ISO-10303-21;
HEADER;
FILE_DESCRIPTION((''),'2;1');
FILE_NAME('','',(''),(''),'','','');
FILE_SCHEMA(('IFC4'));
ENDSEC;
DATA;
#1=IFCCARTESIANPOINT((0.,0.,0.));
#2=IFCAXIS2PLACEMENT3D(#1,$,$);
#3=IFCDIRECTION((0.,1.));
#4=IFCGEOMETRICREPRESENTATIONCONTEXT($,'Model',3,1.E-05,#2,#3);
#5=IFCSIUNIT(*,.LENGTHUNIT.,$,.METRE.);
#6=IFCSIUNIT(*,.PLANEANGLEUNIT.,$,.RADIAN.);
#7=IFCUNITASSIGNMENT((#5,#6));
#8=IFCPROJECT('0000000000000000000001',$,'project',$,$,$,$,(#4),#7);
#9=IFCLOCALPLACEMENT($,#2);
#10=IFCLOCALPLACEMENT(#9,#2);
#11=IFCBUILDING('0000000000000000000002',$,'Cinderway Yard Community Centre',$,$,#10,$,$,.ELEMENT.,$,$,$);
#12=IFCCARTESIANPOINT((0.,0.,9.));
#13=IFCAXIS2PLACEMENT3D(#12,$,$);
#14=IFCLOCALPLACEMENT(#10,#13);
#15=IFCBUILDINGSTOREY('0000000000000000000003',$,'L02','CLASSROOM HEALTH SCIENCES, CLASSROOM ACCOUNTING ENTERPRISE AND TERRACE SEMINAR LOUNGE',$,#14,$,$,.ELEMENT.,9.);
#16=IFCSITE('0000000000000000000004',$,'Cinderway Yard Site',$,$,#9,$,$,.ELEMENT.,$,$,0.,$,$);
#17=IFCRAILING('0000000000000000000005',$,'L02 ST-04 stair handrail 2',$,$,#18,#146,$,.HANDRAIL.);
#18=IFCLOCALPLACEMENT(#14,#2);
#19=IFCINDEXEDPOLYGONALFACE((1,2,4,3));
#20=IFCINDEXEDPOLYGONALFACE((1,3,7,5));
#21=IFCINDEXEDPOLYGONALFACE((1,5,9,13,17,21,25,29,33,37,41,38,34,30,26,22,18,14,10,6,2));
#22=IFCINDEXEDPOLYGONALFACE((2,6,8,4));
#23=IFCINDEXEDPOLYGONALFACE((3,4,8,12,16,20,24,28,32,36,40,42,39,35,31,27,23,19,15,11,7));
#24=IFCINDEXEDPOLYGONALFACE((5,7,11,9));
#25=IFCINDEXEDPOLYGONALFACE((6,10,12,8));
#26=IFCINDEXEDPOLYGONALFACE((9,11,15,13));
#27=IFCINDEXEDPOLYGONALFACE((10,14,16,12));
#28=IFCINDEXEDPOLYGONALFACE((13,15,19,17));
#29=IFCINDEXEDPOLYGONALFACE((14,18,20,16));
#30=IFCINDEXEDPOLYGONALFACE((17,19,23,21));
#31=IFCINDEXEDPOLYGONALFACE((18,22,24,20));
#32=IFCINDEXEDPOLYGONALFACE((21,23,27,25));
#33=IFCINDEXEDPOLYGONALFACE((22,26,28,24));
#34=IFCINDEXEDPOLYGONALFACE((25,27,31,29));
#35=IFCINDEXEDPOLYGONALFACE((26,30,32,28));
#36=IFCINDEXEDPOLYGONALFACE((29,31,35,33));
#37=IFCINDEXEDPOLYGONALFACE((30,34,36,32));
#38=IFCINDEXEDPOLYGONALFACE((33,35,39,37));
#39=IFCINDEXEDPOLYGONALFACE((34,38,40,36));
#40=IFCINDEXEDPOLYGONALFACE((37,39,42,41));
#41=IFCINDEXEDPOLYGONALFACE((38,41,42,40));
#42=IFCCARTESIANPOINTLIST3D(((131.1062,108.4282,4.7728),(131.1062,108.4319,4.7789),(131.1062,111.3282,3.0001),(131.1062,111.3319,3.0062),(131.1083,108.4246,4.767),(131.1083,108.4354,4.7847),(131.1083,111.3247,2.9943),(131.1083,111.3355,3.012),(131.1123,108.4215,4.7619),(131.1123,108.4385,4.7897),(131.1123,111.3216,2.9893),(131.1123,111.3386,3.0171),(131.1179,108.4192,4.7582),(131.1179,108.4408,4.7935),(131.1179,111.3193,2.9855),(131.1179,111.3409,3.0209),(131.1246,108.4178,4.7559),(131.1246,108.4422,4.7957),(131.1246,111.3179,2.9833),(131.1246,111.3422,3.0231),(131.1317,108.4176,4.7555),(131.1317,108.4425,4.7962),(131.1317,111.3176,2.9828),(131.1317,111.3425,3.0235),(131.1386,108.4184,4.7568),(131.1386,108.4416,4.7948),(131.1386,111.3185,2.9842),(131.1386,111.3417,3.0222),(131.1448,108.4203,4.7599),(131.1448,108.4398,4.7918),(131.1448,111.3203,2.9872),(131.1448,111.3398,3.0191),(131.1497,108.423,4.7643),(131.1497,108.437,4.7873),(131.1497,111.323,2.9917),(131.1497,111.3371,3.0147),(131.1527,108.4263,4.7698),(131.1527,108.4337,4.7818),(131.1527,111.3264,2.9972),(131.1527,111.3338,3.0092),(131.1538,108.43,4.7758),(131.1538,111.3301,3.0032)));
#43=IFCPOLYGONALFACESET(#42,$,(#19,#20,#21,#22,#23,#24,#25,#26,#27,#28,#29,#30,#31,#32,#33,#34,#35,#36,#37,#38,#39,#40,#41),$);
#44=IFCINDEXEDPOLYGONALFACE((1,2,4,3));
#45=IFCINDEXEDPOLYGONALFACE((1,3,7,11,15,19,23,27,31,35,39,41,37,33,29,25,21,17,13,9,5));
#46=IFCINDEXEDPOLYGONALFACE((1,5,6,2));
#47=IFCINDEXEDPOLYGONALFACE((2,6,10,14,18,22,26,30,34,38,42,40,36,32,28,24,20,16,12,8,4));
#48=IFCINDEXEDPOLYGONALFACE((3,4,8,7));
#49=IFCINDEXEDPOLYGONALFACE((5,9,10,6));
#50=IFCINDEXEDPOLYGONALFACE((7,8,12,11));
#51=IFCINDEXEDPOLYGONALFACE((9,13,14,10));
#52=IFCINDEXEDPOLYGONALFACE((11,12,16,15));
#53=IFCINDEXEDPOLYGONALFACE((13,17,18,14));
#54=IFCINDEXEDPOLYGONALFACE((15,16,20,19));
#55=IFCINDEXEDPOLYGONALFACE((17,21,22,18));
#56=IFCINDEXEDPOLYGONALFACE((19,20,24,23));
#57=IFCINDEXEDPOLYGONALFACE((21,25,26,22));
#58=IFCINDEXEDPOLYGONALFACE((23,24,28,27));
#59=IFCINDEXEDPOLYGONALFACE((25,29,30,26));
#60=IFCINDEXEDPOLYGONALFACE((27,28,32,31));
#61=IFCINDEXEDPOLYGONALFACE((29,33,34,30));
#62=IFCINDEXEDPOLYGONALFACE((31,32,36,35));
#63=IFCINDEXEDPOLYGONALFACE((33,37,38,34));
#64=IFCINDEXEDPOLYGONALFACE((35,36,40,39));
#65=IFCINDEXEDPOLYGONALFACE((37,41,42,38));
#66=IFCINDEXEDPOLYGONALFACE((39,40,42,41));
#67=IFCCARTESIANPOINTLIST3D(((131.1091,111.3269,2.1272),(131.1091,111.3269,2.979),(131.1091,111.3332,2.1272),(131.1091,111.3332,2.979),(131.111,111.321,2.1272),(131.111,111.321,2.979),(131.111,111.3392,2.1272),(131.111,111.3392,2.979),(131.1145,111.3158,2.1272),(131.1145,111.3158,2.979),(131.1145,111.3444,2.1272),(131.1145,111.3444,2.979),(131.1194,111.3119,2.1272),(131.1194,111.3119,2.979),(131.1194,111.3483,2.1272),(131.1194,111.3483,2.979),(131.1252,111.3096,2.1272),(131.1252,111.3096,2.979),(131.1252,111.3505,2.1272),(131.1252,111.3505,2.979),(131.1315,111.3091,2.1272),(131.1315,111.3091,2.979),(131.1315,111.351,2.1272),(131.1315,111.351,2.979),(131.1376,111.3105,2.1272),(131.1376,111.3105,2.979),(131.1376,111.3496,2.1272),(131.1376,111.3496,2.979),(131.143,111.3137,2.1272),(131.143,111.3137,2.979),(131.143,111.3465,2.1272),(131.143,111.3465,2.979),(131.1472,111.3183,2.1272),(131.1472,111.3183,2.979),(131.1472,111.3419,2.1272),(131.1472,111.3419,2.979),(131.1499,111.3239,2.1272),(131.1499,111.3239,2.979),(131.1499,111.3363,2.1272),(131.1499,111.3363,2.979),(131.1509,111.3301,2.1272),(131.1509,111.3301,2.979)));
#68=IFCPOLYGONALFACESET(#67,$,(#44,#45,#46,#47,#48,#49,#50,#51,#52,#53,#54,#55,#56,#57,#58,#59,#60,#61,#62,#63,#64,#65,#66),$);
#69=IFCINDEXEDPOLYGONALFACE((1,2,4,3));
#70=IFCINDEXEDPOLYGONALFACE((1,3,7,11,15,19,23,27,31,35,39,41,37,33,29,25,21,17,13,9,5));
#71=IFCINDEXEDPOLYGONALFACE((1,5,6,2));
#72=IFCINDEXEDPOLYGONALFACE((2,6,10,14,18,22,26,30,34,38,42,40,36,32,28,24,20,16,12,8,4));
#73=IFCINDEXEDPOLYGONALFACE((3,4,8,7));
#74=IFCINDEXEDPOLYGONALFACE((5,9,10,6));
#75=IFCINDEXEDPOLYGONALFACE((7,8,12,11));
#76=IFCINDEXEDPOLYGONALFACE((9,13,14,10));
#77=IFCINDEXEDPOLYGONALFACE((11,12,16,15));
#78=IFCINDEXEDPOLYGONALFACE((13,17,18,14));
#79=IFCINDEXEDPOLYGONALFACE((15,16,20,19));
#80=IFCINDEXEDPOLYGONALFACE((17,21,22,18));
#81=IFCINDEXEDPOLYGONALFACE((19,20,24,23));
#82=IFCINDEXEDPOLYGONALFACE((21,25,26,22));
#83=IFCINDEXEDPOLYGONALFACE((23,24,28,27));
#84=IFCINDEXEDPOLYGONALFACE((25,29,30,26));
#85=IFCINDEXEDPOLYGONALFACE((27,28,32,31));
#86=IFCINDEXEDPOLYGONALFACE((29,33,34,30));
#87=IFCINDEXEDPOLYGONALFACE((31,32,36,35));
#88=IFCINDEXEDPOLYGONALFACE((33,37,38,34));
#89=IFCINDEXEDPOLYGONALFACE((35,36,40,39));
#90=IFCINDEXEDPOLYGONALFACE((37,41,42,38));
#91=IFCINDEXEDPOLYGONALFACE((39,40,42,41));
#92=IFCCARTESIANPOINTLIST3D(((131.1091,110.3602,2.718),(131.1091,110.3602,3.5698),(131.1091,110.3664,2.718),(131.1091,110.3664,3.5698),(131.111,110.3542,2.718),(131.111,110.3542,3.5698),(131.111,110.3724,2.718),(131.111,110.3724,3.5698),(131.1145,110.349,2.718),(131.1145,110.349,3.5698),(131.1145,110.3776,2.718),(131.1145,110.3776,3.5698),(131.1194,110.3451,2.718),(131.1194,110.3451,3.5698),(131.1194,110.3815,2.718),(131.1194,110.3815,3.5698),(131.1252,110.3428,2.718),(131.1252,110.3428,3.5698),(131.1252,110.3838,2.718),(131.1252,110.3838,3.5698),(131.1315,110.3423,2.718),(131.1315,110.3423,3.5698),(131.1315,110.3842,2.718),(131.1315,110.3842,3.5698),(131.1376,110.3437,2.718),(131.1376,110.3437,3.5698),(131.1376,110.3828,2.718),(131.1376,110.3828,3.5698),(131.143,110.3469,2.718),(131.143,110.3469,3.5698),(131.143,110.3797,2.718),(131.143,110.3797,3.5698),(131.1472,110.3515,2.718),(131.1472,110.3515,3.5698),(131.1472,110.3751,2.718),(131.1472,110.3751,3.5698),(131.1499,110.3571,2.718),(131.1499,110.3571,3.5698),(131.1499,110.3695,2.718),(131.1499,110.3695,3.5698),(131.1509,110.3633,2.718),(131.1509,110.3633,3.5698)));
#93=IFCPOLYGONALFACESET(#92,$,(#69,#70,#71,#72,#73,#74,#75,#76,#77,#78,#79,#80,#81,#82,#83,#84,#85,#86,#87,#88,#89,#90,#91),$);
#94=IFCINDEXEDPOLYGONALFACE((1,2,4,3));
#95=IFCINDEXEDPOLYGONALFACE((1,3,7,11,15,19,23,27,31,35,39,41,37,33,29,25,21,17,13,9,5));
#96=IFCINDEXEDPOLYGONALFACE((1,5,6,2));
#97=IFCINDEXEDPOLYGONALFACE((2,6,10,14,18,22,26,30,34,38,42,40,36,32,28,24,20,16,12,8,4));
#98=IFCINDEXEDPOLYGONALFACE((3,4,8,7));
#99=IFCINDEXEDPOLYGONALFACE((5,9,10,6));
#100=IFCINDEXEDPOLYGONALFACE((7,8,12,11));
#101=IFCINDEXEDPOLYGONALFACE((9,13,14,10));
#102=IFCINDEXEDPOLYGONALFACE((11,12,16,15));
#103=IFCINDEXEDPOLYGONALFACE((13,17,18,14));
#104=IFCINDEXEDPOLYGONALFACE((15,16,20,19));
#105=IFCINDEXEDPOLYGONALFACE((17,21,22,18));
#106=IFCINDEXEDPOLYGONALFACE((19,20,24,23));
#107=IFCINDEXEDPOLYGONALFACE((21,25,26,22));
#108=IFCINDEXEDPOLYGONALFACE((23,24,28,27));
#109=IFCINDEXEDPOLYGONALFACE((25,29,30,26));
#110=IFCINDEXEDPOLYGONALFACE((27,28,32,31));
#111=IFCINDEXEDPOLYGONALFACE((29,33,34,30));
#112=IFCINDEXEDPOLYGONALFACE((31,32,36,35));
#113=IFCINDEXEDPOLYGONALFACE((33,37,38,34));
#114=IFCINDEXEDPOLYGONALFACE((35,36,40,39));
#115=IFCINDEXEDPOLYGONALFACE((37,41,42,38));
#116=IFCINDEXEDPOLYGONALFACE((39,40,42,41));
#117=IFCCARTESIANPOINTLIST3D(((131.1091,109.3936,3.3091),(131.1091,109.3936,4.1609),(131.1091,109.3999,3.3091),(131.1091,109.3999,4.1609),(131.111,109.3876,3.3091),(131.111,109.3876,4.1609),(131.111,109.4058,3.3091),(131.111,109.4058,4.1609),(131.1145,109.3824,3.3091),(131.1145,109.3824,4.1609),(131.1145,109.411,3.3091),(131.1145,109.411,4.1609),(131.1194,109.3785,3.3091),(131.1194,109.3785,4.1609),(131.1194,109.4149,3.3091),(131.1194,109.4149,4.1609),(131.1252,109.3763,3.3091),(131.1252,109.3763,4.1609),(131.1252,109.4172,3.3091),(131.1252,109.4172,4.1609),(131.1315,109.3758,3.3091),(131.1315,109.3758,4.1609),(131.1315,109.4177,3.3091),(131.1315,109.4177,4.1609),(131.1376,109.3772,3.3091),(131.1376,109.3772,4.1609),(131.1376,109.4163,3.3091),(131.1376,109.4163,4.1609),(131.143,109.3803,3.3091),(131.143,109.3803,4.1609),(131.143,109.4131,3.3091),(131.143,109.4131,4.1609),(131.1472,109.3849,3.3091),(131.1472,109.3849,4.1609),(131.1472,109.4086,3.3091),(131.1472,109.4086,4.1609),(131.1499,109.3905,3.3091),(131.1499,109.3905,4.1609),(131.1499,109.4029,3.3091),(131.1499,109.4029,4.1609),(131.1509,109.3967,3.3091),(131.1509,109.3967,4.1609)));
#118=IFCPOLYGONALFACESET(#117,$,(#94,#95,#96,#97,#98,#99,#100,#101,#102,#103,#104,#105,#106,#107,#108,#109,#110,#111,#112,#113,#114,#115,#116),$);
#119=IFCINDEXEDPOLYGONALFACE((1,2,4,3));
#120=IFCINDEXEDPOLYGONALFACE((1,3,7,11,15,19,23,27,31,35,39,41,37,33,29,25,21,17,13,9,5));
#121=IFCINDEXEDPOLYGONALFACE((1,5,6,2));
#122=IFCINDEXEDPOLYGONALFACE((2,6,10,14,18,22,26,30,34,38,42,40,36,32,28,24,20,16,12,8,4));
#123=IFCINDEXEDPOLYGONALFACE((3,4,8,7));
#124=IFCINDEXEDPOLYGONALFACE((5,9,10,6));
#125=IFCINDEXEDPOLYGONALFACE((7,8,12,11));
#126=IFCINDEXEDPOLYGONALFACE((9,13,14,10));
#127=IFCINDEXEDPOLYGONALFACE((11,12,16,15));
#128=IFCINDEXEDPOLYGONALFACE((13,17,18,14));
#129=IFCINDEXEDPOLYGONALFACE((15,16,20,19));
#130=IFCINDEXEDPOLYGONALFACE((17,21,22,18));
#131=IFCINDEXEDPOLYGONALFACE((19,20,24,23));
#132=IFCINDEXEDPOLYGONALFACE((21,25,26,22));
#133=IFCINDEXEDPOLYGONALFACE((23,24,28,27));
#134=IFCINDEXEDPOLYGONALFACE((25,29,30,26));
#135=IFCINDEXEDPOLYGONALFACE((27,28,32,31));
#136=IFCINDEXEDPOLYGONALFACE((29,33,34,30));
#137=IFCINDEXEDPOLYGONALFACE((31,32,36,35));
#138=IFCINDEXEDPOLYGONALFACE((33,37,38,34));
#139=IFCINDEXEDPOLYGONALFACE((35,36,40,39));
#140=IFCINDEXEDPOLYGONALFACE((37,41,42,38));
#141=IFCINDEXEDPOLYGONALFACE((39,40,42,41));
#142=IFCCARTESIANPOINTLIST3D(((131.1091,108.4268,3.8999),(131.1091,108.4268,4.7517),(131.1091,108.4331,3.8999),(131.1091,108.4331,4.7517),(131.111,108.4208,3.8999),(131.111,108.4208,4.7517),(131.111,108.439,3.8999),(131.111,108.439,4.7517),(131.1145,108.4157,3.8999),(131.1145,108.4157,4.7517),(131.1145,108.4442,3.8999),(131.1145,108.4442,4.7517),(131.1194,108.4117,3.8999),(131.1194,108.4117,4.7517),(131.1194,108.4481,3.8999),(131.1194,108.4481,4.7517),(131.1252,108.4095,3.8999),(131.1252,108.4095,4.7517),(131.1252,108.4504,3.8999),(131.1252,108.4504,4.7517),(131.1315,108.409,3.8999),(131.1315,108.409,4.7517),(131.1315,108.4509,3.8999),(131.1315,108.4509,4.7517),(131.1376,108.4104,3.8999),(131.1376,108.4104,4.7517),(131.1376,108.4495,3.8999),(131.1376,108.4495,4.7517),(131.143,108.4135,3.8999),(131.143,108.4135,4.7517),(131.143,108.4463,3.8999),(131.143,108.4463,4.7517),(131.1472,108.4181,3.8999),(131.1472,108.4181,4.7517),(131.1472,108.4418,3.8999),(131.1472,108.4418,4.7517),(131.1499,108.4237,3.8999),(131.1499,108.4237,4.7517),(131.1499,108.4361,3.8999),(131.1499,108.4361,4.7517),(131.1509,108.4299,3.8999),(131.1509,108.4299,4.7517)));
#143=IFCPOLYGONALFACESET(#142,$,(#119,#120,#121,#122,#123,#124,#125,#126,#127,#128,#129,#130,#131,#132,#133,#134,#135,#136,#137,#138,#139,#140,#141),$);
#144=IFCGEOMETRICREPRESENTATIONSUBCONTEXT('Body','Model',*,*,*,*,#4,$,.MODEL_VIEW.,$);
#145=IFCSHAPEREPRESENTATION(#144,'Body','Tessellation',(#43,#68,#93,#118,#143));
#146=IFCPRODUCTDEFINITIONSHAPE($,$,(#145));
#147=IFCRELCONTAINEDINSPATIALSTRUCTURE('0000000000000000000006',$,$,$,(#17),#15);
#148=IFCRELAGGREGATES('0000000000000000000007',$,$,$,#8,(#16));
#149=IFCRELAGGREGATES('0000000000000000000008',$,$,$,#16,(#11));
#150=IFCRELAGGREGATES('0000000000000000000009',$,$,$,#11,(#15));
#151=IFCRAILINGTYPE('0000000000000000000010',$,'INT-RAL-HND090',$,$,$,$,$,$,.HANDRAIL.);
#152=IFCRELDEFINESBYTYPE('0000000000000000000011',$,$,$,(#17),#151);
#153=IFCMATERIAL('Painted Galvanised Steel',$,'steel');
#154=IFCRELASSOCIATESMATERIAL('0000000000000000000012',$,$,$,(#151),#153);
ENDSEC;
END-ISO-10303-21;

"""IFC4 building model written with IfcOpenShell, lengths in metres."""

from ifc_helpers import new_model, si_unit, direction, frame, origin, origin_2d, place, context, subcontext, project, spatial, circle, extrude, material, type_object, element, save


model = new_model("IFC4")

# Units and contexts
model_context = context("Model", 3, precision=1e-05, world=origin(), true_north=direction((0.0, 1.0)))
body_context = subcontext(model_context, "Body", "Model", "MODEL_VIEW")
ifc_project = project(units=[si_unit("LENGTHUNIT", "METRE"), si_unit("PLANEANGLEUNIT", "RADIAN")], contexts=[model_context])

# Site, building, storey
site_placement = place(None, origin())
site = spatial("IfcSite", under=ifc_project, at=site_placement, Name="Cinderway Yard Site", CompositionType="ELEMENT", RefElevation=0.0)
building_placement = place(site_placement, origin())
building = spatial("IfcBuilding", under=site, at=building_placement, Name="Cinderway Yard Community Centre", CompositionType="ELEMENT")
storey_placement = place(building_placement, frame((0.0, 0.0, 9.0)))
storey = spatial("IfcBuildingStorey", under=building, at=storey_placement, Name="L02", Description="CLASSROOM HEALTH SCIENCES, CLASSROOM ACCOUNTING ENTERPRISE AND TERRACE SEMINAR LOUNGE", CompositionType="ELEMENT", Elevation=9.0)

# Shared definitions
ifc_material_1 = material(Name="Painted Galvanised Steel", Category="steel")

# Railing
railing_type_1 = type_object("IfcRailingType", Name="INT-RAL-HND090", PredefinedType="HANDRAIL", material=ifc_material_1)
railing_1_placement = place(storey_placement, frame((131.1299, 111.3301, 2.1272)))
element("IfcRailing", 1, at=railing_1_placement, inside=storey, type_object=railing_type_1, Name="L02 ST-04 stair handrail 2", PredefinedType="HANDRAIL", context=body_context, shape_type="SweptSolid", body=[
    extrude(circle(Radius=0.0239, at=origin_2d()), frame((0.0, 0.0, 0.876), z_axis=(0.0, -0.85323, 0.521534), x_axis=(1.0, 0.0, 0.0)), (0.0, 0.0, 1.0), 3.3989),
    extrude(circle(Radius=0.021, at=origin_2d()), origin(), (0.0, 0.0, 1.0), 0.8518),
    extrude(circle(Radius=0.021, at=origin_2d()), frame((0.0, -0.9668, 0.5908)), (0.0, 0.0, 1.0), 0.8518),
    extrude(circle(Radius=0.021, at=origin_2d()), frame((0.0, -1.9333, 1.1819)), (0.0, 0.0, 1.0), 0.8518),
    extrude(circle(Radius=0.021, at=origin_2d()), frame((0.0, -2.9001, 1.7727)), (0.0, 0.0, 1.0), 0.8518),
])

save(model, "model.ifc")
